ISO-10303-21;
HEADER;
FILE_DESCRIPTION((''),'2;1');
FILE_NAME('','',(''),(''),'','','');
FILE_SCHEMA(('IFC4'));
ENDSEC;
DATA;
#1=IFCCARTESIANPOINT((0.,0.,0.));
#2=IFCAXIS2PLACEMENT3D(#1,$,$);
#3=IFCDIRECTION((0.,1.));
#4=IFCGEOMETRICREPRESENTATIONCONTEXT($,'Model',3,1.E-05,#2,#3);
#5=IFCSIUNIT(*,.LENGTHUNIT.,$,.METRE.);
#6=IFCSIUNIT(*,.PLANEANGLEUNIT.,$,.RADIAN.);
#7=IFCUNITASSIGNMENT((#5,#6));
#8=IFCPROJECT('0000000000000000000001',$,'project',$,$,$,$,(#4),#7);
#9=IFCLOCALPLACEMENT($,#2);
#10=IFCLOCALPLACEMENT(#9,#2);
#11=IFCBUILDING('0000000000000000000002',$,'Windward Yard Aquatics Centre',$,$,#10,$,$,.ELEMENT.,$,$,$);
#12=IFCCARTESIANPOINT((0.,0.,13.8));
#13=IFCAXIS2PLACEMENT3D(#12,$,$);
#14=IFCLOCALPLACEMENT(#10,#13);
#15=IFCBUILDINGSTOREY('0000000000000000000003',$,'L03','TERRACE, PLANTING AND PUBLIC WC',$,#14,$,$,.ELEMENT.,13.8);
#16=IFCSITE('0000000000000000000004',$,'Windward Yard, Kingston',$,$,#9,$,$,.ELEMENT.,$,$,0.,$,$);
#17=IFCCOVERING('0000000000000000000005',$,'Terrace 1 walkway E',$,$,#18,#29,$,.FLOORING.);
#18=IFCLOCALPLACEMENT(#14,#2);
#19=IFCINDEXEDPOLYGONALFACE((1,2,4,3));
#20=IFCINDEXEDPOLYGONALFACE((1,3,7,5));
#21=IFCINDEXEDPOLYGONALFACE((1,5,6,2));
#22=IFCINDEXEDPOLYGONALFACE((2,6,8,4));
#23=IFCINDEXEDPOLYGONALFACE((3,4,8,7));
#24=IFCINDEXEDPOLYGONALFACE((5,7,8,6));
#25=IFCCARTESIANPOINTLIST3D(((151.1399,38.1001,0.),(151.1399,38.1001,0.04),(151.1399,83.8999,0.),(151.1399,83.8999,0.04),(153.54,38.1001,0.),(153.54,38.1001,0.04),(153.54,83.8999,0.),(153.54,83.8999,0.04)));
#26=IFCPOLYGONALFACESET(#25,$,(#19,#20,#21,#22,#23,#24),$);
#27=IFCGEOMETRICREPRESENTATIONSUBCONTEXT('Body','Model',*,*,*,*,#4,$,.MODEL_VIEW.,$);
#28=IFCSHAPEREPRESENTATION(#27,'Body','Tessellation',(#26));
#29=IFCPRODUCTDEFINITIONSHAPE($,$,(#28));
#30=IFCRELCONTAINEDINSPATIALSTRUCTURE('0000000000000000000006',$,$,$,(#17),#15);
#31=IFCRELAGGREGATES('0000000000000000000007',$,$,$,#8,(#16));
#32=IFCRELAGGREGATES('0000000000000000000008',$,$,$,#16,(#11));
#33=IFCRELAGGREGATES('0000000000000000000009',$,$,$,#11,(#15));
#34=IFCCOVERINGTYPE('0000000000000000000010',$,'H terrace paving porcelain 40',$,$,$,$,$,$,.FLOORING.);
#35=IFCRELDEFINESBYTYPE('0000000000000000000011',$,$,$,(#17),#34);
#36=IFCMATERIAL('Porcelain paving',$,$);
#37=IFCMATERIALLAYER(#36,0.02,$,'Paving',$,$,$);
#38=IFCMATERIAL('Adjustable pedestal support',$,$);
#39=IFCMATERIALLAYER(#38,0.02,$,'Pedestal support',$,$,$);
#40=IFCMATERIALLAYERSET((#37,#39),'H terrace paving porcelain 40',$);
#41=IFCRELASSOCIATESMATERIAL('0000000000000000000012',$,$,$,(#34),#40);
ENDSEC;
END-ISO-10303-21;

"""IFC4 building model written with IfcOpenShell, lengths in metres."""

from ifc_helpers import new_model, si_unit, direction, frame, origin, place, context, subcontext, project, spatial, polyline, outline, extrude, material, layer, layer_set, type_object, element, save


model = new_model("IFC4")

# Units and contexts
model_context = context("Model", 3, precision=1e-05, world=origin(), true_north=direction((0.0, 1.0)))
body_context = subcontext(model_context, "Body", "Model", "MODEL_VIEW")
ifc_project = project(units=[si_unit("LENGTHUNIT", "METRE"), si_unit("PLANEANGLEUNIT", "RADIAN")], contexts=[model_context])

# Site, building, storey
site_placement = place(None, origin())
site = spatial("IfcSite", under=ifc_project, at=site_placement, Name="Windward Yard, Kingston", CompositionType="ELEMENT", RefElevation=0.0)
building_placement = place(site_placement, origin())
building = spatial("IfcBuilding", under=site, at=building_placement, Name="Windward Yard Aquatics Centre", CompositionType="ELEMENT")
storey_placement = place(building_placement, frame((0.0, 0.0, 13.8)))
storey = spatial("IfcBuildingStorey", under=building, at=storey_placement, Name="L03", Description="TERRACE, PLANTING AND PUBLIC WC", CompositionType="ELEMENT", Elevation=13.8)

# Covering
ifc_material_1 = material(Name="Porcelain paving")
ifc_layer_1 = layer(ifc_material_1, 0.02, Name="Paving")
ifc_material_2 = material(Name="Adjustable pedestal support")
ifc_layer_2 = layer(ifc_material_2, 0.02, Name="Pedestal support")
ifc_layer_set_1 = layer_set([ifc_layer_1, ifc_layer_2], Name="H terrace paving porcelain 40")
covering_type_1 = type_object("IfcCoveringType", Name="H terrace paving porcelain 40", PredefinedType="FLOORING", material=ifc_layer_set_1)
covering_1_placement = place(storey_placement, origin())
element("IfcCovering", 1, at=covering_1_placement, inside=storey, type_object=covering_type_1, Name="Terrace 1 walkway E", PredefinedType="FLOORING", context=body_context, shape_type="SweptSolid", body=[
    extrude(outline(polyline([(151.1399, 38.1001), (153.54, 38.1001), (153.54, 83.8999), (151.1399, 83.8999), (151.1399, 38.1001)])), origin(), (0.0, 0.0, 1.0), 0.04),
])

save(model, "model.ifc")
